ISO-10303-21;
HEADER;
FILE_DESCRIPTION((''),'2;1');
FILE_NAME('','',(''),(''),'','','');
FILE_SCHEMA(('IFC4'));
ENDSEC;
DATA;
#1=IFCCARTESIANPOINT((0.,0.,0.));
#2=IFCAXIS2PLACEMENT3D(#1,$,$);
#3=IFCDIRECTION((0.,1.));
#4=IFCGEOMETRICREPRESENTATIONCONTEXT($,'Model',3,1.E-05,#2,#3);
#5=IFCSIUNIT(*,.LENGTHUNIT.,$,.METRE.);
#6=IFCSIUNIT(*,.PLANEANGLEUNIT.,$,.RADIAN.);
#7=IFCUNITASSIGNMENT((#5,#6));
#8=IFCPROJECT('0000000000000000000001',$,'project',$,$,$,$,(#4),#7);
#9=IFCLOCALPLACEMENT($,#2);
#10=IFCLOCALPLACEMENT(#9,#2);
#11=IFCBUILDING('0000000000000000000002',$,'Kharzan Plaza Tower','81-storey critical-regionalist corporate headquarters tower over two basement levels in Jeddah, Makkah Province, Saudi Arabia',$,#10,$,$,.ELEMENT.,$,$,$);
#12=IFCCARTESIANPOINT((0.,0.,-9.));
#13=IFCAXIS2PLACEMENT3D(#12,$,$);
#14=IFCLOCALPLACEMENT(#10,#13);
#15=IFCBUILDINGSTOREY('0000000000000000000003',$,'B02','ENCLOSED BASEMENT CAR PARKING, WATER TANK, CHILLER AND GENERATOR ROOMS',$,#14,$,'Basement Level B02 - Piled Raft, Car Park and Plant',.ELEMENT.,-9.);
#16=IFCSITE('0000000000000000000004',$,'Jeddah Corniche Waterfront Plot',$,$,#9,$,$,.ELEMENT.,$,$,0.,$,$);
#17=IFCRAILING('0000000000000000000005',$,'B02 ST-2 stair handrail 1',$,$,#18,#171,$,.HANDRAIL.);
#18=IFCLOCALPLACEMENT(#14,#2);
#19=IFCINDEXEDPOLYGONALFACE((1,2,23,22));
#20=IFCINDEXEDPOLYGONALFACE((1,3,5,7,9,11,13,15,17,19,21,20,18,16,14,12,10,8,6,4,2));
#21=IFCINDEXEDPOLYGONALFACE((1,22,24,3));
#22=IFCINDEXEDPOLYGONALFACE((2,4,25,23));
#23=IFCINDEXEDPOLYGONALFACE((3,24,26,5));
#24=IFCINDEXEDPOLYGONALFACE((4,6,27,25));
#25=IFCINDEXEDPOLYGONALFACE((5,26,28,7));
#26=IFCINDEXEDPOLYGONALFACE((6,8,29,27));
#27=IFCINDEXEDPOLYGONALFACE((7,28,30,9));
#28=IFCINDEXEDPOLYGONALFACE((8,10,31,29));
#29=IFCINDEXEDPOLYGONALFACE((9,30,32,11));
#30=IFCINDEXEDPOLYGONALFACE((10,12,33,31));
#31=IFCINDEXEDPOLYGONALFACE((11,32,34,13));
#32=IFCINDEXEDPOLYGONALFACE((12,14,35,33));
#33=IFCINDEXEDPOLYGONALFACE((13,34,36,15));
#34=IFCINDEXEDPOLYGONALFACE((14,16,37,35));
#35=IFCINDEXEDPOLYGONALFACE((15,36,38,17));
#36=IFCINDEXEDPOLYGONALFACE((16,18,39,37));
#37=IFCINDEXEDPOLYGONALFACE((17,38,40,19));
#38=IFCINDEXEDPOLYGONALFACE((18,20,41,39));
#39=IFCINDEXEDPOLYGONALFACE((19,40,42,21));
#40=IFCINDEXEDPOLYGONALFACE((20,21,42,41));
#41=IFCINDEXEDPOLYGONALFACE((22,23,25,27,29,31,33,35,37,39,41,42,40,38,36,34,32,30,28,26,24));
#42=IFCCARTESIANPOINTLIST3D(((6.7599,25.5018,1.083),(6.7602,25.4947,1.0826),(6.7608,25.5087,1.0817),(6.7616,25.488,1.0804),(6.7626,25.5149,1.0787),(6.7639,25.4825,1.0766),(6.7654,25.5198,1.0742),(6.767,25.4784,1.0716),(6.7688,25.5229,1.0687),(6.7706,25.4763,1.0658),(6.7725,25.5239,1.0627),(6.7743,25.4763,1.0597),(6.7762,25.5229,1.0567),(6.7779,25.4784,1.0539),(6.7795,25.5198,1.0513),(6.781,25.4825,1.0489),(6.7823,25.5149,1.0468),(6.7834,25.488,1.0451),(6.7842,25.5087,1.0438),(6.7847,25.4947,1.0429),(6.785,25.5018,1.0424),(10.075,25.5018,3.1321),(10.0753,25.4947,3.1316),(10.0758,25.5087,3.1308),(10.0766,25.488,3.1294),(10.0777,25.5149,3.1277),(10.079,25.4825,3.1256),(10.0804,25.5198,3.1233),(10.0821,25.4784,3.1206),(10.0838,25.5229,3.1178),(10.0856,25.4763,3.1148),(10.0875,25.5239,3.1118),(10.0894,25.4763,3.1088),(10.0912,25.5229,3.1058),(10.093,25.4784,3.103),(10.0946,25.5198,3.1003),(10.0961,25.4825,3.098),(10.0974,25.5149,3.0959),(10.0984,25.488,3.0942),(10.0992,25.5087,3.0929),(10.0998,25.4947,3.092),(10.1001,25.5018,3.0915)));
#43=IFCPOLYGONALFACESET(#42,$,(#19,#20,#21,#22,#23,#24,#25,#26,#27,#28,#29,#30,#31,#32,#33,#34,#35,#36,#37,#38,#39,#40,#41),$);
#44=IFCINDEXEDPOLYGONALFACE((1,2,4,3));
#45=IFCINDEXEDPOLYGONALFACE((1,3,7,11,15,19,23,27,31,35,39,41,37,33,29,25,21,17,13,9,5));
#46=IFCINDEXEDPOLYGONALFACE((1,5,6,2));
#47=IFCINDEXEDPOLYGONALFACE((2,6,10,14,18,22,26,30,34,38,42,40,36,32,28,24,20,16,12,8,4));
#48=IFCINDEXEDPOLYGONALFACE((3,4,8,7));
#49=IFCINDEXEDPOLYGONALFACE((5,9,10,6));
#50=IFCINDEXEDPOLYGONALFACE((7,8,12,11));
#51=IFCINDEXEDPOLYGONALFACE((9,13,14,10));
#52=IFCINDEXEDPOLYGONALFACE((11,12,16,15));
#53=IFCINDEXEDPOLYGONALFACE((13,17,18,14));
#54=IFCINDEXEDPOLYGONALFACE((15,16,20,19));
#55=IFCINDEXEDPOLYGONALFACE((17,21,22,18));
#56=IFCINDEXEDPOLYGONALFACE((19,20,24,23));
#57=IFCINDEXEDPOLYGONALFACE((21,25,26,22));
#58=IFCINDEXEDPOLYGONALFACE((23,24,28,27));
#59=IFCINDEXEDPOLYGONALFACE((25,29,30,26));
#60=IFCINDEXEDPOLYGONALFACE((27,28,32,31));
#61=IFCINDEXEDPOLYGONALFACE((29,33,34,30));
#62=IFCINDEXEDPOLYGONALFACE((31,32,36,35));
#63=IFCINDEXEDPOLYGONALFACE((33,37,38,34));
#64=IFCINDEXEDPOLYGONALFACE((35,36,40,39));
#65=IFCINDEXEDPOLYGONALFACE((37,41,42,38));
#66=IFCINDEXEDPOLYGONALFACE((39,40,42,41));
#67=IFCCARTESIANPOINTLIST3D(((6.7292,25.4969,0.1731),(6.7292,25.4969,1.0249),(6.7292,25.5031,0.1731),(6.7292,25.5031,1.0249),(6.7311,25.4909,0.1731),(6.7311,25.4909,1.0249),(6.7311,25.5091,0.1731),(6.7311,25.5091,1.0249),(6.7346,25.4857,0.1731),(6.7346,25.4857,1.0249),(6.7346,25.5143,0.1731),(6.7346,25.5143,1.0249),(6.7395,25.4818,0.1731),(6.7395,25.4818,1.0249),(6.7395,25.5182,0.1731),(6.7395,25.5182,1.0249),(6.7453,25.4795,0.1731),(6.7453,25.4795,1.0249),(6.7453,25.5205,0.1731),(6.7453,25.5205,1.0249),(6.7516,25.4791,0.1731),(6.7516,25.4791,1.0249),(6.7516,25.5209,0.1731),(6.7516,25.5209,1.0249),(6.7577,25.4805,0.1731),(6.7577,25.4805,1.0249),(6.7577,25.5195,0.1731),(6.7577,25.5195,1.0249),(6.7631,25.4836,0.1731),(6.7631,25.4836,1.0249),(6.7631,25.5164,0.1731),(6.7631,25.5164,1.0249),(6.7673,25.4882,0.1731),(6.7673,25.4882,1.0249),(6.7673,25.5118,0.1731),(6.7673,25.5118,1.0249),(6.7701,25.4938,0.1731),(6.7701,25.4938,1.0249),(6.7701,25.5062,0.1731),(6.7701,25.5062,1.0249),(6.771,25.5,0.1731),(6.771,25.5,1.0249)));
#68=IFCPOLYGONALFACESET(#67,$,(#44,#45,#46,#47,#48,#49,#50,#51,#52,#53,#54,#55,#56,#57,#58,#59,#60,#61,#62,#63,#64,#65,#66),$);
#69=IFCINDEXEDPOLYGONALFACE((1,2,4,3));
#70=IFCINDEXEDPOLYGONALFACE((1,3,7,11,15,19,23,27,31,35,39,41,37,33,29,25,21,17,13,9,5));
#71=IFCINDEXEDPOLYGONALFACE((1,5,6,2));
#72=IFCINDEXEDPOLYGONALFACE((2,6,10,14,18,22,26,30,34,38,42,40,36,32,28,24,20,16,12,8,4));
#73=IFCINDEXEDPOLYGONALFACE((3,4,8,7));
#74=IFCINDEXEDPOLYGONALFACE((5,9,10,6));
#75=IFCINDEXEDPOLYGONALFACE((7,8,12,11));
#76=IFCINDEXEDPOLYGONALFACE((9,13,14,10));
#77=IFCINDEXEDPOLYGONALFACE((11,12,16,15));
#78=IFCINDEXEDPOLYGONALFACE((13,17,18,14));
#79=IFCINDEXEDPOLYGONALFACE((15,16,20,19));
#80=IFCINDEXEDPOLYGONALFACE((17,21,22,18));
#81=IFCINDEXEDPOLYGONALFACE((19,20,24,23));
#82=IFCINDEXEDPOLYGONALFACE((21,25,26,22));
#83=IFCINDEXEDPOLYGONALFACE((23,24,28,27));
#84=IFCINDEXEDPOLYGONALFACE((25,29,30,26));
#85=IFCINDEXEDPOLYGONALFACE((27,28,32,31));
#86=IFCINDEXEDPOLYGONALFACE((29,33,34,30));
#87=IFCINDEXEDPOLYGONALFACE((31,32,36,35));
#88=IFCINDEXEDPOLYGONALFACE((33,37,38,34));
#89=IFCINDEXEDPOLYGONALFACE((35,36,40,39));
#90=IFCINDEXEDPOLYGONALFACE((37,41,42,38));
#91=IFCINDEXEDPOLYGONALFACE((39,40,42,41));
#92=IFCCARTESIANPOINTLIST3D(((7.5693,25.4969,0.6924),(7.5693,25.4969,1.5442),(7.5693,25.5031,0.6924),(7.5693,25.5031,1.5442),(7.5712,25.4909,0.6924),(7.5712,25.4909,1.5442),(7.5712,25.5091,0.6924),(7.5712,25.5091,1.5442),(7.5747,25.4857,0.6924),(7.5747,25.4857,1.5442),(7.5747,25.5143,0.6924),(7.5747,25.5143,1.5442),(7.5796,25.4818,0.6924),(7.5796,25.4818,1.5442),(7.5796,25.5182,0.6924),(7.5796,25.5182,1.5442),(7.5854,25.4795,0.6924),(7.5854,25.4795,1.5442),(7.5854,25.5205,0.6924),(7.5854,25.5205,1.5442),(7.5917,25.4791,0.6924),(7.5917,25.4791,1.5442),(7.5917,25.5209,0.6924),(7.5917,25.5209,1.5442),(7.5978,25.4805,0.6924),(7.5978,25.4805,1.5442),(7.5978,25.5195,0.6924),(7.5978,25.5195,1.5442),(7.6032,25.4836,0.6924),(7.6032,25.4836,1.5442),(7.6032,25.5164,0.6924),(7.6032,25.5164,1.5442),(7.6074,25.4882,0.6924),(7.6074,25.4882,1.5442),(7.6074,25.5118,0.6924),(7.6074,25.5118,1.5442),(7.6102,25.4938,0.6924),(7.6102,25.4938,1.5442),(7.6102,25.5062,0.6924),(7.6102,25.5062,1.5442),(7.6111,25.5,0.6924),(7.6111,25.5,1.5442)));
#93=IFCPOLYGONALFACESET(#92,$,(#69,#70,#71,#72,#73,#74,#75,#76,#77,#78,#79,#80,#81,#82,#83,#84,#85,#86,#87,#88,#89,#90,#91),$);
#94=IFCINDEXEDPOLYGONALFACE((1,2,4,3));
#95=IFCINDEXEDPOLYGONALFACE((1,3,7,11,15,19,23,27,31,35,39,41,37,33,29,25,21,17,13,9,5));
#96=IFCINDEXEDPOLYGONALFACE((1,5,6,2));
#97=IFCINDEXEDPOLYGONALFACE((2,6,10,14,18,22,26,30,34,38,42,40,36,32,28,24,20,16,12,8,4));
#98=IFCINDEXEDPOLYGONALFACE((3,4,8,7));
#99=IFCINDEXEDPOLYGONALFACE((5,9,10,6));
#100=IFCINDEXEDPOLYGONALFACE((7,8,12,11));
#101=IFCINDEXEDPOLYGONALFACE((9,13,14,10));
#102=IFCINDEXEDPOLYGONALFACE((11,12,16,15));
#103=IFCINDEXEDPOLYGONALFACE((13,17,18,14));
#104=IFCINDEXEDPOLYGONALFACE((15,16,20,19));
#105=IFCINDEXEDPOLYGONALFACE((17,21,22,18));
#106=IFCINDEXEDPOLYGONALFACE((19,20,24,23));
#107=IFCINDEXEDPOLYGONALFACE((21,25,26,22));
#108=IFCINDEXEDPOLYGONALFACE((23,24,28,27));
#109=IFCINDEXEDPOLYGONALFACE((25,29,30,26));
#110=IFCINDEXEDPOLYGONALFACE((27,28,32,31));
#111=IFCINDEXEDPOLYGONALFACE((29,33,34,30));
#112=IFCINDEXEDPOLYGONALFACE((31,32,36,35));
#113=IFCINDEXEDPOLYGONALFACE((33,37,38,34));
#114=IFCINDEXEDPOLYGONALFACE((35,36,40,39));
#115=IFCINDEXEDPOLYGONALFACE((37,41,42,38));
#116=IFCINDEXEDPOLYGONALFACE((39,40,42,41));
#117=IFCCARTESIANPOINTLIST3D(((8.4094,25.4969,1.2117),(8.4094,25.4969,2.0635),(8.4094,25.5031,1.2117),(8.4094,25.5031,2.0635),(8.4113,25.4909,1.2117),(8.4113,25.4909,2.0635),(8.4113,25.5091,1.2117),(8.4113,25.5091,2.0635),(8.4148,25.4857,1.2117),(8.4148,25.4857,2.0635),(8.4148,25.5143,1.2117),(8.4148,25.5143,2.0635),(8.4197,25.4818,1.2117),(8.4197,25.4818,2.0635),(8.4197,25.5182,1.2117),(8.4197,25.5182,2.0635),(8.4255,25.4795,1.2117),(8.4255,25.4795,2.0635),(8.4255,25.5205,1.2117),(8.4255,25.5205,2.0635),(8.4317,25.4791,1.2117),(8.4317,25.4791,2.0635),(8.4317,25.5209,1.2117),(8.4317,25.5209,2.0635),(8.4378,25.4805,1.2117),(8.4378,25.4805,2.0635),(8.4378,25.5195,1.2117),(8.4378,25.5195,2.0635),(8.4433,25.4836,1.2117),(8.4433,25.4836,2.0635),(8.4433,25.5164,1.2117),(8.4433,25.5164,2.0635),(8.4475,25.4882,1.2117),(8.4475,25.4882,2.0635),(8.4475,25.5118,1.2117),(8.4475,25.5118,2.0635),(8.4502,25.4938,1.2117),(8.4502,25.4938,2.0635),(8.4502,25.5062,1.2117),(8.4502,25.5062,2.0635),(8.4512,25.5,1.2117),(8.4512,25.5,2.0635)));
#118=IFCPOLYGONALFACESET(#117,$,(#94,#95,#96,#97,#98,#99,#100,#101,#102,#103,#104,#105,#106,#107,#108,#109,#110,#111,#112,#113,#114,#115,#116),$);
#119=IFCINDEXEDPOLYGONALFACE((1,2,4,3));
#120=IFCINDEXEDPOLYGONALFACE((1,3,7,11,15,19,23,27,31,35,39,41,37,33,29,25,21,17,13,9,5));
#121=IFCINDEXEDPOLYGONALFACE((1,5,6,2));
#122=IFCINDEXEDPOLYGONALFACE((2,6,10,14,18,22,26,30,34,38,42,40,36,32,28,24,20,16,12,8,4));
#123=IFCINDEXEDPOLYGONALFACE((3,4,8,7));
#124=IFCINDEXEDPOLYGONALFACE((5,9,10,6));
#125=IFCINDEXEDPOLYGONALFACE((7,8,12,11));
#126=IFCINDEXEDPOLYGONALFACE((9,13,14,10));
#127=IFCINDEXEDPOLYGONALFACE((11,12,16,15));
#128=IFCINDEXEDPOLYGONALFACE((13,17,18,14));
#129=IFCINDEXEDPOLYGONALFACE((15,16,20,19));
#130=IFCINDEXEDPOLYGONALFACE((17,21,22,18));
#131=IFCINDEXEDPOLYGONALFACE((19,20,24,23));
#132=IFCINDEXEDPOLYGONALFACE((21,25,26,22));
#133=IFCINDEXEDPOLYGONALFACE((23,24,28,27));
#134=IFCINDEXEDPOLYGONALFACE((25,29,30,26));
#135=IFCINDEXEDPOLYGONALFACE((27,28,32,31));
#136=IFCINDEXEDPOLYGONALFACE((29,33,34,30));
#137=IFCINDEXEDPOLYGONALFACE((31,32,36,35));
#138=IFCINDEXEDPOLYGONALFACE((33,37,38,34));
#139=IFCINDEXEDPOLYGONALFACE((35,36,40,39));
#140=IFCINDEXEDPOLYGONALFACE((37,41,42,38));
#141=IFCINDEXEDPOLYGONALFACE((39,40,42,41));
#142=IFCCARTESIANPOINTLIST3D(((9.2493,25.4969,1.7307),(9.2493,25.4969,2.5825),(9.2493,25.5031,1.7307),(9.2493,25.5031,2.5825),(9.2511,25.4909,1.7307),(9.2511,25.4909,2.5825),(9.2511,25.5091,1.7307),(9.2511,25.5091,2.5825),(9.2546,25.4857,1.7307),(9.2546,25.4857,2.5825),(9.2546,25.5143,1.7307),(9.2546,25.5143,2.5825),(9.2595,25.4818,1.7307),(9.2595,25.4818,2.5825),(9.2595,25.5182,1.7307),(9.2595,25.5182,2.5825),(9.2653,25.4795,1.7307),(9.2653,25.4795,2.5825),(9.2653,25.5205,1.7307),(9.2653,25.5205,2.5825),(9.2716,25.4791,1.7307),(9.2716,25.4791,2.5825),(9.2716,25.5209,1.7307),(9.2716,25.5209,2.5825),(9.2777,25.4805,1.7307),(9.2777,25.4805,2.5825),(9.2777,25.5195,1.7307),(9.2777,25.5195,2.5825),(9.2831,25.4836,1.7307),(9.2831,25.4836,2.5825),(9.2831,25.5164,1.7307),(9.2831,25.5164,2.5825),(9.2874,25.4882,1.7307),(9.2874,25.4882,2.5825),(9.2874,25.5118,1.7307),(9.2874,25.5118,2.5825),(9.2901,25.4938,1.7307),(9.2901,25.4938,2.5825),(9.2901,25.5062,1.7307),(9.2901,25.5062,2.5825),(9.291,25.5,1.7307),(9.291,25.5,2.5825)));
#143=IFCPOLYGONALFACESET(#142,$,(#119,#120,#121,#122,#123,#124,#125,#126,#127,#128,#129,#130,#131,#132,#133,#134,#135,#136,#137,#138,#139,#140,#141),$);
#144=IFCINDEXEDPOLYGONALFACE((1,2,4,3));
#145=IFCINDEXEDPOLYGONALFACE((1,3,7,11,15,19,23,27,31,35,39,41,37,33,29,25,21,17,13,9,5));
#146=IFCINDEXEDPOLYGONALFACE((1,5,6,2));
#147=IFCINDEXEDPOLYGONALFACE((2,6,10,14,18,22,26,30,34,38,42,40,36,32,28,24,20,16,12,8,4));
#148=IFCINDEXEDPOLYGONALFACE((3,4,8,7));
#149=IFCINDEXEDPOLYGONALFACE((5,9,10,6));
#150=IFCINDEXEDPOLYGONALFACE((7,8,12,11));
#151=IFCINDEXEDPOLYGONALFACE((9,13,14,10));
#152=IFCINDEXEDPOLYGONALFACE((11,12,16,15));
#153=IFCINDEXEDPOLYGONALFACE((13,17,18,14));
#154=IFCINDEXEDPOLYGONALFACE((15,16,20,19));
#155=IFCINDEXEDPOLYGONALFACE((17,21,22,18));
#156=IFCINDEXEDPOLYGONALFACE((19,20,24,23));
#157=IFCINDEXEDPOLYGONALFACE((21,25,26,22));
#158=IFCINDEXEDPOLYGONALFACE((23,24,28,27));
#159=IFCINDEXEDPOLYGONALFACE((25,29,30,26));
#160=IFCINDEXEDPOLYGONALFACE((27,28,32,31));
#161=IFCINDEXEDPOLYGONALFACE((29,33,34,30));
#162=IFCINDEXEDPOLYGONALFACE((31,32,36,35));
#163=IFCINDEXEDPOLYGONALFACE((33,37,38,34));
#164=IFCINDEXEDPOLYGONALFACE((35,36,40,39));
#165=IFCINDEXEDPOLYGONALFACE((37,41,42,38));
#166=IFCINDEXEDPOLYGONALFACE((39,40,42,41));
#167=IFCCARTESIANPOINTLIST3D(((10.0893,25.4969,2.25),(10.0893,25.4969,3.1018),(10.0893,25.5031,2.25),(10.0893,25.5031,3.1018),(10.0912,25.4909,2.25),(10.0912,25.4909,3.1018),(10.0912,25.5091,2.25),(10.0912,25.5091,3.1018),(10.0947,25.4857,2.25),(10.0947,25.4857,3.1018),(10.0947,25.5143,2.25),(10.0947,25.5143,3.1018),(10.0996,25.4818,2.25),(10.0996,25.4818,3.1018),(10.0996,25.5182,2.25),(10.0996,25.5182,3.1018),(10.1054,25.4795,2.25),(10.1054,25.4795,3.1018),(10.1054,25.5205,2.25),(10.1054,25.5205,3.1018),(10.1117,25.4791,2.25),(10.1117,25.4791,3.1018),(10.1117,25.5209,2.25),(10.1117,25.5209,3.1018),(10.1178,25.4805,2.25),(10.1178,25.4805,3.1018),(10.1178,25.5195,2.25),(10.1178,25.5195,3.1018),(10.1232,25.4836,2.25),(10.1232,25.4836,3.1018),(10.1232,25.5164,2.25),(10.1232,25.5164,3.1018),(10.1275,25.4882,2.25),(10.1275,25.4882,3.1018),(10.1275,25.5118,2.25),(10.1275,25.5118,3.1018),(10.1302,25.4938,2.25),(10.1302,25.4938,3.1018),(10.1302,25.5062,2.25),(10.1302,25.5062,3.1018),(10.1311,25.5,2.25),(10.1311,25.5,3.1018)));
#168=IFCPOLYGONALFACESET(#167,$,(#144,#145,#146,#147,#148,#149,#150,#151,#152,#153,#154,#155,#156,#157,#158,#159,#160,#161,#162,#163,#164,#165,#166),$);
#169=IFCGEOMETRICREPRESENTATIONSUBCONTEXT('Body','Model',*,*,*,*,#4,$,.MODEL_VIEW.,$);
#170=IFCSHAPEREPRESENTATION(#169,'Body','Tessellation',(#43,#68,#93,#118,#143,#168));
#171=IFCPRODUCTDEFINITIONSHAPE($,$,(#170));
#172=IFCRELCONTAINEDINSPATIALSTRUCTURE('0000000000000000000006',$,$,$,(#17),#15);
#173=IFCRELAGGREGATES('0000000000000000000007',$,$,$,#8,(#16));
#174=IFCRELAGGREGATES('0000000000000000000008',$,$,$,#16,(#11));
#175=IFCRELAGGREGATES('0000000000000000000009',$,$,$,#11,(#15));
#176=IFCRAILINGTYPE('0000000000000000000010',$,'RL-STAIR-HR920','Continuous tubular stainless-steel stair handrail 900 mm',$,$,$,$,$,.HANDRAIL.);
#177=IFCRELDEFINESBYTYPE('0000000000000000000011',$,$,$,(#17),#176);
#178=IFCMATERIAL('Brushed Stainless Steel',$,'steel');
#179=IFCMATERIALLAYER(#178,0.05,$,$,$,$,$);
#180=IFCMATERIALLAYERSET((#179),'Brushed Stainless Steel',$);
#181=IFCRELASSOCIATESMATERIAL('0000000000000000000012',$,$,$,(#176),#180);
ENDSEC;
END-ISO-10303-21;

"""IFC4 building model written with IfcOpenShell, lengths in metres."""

from ifc_helpers import new_model, si_unit, direction, frame, origin, origin_2d, place, context, subcontext, project, spatial, circle, extrude, source, transform, mapped, material, layer, layer_set, type_object, element, save


model = new_model("IFC4")

# Units and contexts
model_context = context("Model", 3, precision=1e-05, world=origin(), true_north=direction((0.0, 1.0)))
body_context = subcontext(model_context, "Body", "Model", "MODEL_VIEW")
ifc_project = project(units=[si_unit("LENGTHUNIT", "METRE"), si_unit("PLANEANGLEUNIT", "RADIAN")], contexts=[model_context])

# Site, building, storey
site_placement = place(None, origin())
site = spatial("IfcSite", under=ifc_project, at=site_placement, Name="Jeddah Corniche Waterfront Plot", CompositionType="ELEMENT", RefElevation=0.0)
building_placement = place(site_placement, origin())
building = spatial("IfcBuilding", under=site, at=building_placement, Name="Kharzan Plaza Tower", Description="81-storey critical-regionalist corporate headquarters tower over two basement levels in Jeddah, Makkah Province, Saudi Arabia", CompositionType="ELEMENT")
storey_placement = place(building_placement, frame((0.0, 0.0, -9.0)))
storey = spatial("IfcBuildingStorey", under=building, at=storey_placement, Name="B02", Description="ENCLOSED BASEMENT CAR PARKING, WATER TANK, CHILLER AND GENERATOR ROOMS", LongName="Basement Level B02 - Piled Raft, Car Park and Plant", CompositionType="ELEMENT", Elevation=-9.0)

# Railing
ifc_material_1 = material(Name="Brushed Stainless Steel", Category="steel")
ifc_layer_1 = layer(ifc_material_1, 0.05)
ifc_layer_set_1 = layer_set([ifc_layer_1], Name="Brushed Stainless Steel")
railing_type_1 = type_object("IfcRailingType", Name="RL-STAIR-HR920", Description="Continuous tubular stainless-steel stair handrail 900 mm", PredefinedType="HANDRAIL", material=ifc_layer_set_1)
shared_shape_1 = source(origin(), body_context, "Body", "SweptSolid", [
    extrude(circle(Radius=0.0239, at=origin_2d()), frame((0.0225, 0.0, 0.8896), z_axis=(0.850623, 0.0, 0.525776), x_axis=(0.0, 1.0, 0.0)), (0.0, 0.0, 1.0), 3.8972),
    extrude(circle(Radius=0.021, at=origin_2d()), origin(), (0.0, 0.0, 1.0), 0.8518),
    extrude(circle(Radius=0.021, at=origin_2d()), frame((0.8401, 0.0, 0.5193)), (0.0, 0.0, 1.0), 0.8518),
    extrude(circle(Radius=0.021, at=origin_2d()), frame((1.6802, 0.0, 1.0386)), (0.0, 0.0, 1.0), 0.8518),
    extrude(circle(Radius=0.021, at=origin_2d()), frame((2.52, 0.0, 1.5576)), (0.0, 0.0, 1.0), 0.8518),
    extrude(circle(Radius=0.021, at=origin_2d()), frame((3.3601, 0.0, 2.0769)), (0.0, 0.0, 1.0), 0.8518),
])
railing_1_placement = place(storey_placement, frame((6.75, 25.5, 0.1731)))
element("IfcRailing", 1, at=railing_1_placement, inside=storey, type_object=railing_type_1, Name="B02 ST-2 stair handrail 1", PredefinedType="HANDRAIL", context=body_context, shape_type="MappedRepresentation", body=[
    mapped(shared_shape_1, transform((0.0, 0.0, 0.0), x_axis=(1.0, 0.0, 0.0), y_axis=(0.0, 1.0, 0.0), z_axis=(0.0, 0.0, 1.0))),
])

save(model, "model.ifc")
